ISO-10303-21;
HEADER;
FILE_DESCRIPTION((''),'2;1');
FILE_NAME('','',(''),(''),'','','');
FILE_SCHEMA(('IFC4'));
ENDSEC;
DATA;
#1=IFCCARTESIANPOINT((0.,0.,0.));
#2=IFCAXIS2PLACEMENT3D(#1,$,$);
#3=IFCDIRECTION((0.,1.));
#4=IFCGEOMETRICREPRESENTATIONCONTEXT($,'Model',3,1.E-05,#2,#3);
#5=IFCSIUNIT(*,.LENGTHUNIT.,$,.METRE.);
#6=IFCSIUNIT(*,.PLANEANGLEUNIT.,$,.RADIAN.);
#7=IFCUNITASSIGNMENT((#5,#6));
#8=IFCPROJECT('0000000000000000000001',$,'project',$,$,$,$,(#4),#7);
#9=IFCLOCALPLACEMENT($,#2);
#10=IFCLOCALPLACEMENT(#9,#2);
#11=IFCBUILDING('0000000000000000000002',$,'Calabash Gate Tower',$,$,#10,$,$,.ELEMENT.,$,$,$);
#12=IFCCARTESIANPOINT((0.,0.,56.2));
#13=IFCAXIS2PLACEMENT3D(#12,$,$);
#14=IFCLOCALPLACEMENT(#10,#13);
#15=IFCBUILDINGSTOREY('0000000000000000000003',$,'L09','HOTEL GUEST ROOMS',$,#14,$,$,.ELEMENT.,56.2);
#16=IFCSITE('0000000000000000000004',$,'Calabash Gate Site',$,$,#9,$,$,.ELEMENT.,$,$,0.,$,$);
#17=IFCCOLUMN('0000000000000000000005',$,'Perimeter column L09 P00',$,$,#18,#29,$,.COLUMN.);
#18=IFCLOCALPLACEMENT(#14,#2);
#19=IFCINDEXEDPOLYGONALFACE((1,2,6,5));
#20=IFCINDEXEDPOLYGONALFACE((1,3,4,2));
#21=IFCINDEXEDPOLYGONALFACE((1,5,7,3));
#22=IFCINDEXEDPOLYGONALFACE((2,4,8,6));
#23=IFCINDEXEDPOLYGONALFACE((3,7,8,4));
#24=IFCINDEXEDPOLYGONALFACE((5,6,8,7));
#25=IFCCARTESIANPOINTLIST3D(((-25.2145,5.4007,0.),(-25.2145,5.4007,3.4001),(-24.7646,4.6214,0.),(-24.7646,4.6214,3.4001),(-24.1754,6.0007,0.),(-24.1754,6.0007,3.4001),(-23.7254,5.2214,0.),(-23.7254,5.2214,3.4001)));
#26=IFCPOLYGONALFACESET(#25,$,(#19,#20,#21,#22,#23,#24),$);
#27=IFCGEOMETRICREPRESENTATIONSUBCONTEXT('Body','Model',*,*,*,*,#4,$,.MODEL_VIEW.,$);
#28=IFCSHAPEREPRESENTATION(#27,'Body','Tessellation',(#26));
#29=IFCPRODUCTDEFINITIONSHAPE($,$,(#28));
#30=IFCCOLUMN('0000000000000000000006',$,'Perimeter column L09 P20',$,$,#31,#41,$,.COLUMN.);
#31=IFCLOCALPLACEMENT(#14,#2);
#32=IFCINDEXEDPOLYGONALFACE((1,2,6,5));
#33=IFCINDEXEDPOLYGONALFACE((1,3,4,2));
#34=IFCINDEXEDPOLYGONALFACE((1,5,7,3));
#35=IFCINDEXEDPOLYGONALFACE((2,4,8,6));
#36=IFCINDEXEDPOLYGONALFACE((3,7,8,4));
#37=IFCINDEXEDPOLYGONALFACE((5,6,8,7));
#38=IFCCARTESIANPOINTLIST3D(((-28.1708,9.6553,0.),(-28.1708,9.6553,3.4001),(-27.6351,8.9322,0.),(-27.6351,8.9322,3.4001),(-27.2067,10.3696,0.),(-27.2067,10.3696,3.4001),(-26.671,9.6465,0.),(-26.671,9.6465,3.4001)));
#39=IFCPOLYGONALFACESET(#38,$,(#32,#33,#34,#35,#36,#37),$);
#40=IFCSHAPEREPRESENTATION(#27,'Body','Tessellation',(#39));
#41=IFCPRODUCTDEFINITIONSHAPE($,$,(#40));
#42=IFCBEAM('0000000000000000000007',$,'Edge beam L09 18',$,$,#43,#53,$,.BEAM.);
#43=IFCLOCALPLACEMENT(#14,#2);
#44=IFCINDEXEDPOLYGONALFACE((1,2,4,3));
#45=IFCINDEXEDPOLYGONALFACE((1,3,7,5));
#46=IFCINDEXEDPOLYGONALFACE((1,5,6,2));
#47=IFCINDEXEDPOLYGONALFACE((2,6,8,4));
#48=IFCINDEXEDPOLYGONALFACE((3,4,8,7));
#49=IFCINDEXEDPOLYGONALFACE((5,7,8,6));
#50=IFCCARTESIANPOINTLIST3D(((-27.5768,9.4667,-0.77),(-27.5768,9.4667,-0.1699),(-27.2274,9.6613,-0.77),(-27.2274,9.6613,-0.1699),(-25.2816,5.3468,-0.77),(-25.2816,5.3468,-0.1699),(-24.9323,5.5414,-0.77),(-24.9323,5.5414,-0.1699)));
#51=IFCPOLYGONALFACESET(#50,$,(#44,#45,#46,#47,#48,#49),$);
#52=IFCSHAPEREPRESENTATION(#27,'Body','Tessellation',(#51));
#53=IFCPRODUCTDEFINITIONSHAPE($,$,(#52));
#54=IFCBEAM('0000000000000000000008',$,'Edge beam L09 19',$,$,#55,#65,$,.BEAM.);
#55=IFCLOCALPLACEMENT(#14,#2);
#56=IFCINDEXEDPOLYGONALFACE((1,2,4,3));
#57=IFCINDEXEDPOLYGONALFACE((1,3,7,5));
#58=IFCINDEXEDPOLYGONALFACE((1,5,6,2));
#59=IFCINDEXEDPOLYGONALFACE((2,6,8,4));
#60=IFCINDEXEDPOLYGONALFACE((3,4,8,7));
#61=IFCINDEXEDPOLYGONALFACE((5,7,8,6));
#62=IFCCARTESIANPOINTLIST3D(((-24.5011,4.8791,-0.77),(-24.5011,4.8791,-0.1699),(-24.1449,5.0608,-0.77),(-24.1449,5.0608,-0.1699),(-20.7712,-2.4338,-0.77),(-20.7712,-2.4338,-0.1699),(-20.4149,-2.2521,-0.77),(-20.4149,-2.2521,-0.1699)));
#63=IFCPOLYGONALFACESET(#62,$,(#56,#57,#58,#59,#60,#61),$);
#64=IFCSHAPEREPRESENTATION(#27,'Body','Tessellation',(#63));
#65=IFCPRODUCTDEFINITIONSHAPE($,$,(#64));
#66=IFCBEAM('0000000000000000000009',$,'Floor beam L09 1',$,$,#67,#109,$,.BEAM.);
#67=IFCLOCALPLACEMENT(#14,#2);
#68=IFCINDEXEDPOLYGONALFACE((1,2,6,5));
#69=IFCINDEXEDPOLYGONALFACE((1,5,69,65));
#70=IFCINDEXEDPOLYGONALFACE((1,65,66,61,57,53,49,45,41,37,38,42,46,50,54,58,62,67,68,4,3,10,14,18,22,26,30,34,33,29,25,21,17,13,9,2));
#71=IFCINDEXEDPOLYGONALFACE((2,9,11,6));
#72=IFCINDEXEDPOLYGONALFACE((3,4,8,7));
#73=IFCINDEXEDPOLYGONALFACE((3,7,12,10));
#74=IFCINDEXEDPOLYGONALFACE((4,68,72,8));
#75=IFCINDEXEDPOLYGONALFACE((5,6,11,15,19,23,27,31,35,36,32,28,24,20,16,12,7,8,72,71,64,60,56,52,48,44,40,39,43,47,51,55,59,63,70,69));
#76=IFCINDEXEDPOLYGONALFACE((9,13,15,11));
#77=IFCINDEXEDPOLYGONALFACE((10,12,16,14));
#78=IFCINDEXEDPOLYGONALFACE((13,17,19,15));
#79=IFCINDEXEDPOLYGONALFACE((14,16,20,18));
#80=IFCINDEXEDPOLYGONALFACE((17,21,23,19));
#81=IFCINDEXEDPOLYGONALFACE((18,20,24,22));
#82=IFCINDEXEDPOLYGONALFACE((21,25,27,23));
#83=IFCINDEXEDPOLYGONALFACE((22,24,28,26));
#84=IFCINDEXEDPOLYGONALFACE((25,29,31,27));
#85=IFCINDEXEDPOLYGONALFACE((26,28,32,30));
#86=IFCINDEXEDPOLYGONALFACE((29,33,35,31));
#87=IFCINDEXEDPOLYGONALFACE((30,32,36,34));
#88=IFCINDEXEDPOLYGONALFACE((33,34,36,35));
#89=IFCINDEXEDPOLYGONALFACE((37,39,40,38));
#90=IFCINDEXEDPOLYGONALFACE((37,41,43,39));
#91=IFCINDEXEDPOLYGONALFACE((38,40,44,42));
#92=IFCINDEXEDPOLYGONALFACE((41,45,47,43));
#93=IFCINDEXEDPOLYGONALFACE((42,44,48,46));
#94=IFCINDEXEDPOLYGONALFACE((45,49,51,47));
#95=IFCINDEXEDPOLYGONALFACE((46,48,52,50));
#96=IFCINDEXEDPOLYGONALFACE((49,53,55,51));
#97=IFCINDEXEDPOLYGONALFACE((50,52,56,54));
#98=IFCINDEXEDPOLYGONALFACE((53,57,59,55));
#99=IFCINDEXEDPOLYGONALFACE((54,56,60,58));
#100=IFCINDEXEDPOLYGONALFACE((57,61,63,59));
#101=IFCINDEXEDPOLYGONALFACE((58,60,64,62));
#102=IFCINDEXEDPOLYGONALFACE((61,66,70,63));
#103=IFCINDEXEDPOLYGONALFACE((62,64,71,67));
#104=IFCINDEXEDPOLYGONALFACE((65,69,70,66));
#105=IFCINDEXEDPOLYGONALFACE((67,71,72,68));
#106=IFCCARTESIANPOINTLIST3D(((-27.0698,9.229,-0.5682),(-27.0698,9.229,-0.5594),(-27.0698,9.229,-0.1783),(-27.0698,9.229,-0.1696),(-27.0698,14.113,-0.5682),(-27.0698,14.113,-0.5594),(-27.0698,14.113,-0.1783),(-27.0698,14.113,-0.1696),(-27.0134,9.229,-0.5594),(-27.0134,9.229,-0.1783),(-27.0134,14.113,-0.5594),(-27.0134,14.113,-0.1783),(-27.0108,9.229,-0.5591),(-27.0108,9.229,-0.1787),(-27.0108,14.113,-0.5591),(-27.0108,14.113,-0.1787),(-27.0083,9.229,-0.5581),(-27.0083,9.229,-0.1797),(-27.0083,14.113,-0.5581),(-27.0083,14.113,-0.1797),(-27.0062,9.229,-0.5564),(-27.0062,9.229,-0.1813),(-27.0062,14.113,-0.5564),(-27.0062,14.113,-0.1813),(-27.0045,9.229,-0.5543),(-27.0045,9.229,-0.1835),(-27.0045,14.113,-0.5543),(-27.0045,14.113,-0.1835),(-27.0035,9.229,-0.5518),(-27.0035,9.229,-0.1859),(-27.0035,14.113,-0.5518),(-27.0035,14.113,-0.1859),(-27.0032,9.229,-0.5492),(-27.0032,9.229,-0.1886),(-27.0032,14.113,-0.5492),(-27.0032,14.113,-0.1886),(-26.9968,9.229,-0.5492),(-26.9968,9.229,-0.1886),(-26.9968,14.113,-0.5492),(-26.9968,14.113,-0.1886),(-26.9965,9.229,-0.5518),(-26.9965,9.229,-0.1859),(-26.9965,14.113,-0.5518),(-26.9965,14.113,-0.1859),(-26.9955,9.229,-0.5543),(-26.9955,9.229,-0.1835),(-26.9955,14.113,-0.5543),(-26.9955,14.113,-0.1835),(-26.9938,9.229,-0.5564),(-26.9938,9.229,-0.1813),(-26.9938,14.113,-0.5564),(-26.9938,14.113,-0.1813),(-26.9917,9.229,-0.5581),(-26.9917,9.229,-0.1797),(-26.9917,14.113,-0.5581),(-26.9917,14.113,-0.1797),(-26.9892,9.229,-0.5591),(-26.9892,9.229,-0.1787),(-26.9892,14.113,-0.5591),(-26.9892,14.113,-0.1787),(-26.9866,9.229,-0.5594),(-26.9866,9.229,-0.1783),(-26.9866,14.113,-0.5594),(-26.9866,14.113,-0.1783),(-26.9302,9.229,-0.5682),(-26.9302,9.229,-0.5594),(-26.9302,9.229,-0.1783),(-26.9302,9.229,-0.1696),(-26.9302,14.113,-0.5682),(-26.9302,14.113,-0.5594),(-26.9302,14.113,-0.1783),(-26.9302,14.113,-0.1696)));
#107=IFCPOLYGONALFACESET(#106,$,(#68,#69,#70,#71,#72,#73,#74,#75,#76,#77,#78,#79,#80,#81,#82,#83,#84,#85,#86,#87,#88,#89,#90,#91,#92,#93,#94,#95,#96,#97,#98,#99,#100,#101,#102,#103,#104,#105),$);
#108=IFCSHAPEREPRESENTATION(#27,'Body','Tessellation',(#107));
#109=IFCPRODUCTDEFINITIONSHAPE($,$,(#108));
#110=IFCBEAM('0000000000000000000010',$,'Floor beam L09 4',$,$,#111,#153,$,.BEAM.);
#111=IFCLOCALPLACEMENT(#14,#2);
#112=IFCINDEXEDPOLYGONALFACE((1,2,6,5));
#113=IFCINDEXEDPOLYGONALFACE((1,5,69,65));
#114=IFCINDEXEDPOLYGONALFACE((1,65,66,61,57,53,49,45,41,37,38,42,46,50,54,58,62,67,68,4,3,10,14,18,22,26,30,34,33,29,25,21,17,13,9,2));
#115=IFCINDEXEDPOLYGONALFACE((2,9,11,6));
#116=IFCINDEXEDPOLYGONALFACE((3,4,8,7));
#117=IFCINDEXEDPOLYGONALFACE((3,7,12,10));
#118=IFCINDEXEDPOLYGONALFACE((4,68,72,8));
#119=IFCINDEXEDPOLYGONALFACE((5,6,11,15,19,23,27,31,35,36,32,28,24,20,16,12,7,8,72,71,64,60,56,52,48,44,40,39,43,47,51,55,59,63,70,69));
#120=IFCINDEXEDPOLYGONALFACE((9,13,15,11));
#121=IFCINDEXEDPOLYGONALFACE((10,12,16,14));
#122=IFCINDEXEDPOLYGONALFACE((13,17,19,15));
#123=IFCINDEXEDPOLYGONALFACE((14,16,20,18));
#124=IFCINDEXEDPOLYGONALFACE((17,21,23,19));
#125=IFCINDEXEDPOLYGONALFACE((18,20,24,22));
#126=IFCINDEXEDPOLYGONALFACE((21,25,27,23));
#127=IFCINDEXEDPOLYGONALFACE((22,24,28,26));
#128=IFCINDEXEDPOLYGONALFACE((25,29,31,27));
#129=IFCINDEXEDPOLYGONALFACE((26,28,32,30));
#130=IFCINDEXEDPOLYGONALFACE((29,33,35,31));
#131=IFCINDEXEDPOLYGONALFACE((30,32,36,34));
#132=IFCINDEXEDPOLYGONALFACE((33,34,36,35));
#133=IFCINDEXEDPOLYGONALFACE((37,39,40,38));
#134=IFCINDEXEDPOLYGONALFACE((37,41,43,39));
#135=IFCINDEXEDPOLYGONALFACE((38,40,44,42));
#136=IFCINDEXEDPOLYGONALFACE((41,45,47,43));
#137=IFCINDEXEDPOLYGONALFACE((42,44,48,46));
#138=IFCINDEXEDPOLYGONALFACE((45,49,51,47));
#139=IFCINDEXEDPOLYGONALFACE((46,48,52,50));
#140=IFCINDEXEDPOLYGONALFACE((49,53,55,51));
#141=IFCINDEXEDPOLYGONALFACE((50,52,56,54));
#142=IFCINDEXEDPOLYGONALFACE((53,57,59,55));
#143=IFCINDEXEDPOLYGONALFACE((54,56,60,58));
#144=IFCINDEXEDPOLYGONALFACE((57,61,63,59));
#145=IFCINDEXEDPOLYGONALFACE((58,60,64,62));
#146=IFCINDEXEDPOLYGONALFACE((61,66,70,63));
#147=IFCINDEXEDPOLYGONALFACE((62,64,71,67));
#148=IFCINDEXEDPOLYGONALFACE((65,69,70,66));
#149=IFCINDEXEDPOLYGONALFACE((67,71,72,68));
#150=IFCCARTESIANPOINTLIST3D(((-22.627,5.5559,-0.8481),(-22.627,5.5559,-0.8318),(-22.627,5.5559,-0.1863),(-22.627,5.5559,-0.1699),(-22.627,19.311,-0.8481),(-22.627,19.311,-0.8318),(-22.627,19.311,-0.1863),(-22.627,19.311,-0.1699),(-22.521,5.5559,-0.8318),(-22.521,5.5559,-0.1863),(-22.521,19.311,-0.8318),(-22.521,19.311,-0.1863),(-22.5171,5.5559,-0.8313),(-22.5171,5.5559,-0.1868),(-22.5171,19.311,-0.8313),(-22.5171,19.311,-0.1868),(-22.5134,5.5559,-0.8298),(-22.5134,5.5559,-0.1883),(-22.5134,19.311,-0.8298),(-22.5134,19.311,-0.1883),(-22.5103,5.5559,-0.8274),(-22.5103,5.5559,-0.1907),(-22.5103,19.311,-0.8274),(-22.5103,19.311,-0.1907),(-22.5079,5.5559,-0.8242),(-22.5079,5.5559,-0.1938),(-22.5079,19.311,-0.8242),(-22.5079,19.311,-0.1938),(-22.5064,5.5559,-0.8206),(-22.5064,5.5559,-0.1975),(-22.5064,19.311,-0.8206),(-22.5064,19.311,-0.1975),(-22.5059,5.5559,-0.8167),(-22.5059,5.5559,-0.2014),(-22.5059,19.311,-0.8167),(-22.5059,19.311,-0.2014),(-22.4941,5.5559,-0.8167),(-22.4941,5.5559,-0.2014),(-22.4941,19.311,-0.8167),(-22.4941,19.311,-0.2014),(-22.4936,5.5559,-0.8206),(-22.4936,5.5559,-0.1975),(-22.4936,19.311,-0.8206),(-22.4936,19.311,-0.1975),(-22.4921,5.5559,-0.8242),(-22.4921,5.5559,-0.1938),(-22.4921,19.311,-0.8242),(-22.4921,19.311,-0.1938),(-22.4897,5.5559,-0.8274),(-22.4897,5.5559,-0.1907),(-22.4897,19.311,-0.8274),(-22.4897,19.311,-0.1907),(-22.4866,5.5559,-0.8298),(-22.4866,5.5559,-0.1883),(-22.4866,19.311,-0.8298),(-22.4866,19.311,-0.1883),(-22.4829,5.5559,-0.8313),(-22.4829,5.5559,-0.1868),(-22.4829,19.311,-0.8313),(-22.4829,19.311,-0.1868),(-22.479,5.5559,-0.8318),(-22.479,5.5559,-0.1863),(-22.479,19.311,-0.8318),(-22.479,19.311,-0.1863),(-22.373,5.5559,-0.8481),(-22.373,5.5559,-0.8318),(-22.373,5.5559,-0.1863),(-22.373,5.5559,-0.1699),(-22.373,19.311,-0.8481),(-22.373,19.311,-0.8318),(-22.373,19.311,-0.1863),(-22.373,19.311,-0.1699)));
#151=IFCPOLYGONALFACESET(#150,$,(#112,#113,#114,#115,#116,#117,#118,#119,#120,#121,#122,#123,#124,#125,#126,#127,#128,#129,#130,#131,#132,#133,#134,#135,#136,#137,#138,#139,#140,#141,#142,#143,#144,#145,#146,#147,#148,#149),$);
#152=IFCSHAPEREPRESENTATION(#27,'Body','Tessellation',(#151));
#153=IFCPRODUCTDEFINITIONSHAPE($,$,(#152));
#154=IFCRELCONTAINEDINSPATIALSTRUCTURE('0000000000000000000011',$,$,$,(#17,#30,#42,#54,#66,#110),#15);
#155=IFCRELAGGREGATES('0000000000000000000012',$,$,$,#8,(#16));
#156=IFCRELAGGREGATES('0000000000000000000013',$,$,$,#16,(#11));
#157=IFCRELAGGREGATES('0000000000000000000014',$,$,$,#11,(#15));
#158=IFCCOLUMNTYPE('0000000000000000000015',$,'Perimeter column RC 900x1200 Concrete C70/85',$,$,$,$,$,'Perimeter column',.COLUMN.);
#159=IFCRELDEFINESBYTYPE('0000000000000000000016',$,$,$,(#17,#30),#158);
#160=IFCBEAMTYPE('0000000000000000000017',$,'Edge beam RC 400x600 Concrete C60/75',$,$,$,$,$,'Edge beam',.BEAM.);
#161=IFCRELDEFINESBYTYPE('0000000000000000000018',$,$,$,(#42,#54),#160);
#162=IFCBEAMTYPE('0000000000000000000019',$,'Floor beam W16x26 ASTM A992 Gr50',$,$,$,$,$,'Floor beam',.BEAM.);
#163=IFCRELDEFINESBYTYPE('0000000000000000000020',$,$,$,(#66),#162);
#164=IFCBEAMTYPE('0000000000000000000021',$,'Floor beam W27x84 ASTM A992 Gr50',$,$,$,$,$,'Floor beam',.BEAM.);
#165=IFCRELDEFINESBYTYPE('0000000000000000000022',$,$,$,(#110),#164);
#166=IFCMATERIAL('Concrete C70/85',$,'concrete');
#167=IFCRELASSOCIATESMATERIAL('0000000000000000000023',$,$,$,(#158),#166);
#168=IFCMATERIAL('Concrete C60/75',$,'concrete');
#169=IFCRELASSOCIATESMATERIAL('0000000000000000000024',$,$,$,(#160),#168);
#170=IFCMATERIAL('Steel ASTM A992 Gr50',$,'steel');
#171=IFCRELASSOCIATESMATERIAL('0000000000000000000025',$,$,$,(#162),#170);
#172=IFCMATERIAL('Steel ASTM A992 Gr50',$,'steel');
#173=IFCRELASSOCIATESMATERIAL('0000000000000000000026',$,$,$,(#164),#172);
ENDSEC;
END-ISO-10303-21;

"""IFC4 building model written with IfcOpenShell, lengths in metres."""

from ifc_helpers import new_model, si_unit, direction, frame, origin, origin_2d, place, context, subcontext, project, spatial, rectangle, i_section, extrude, material, material_profile, profile_set, type_object, element, save


model = new_model("IFC4")

# Units and contexts
model_context = context("Model", 3, precision=1e-05, world=origin(), true_north=direction((0.0, 1.0)))
body_context = subcontext(model_context, "Body", "Model", "MODEL_VIEW")
ifc_project = project(units=[si_unit("LENGTHUNIT", "METRE"), si_unit("PLANEANGLEUNIT", "RADIAN")], contexts=[model_context])

# Site, building, storey
site_placement = place(None, origin())
site = spatial("IfcSite", under=ifc_project, at=site_placement, Name="Calabash Gate Site", CompositionType="ELEMENT", RefElevation=0.0)
building_placement = place(site_placement, origin())
building = spatial("IfcBuilding", under=site, at=building_placement, Name="Calabash Gate Tower", CompositionType="ELEMENT")
storey_placement = place(building_placement, frame((0.0, 0.0, 56.2)))
storey = spatial("IfcBuildingStorey", under=building, at=storey_placement, Name="L09", Description="HOTEL GUEST ROOMS", CompositionType="ELEMENT", Elevation=56.2)

# Columns
ifc_material_1 = material(Name="Concrete C70/85", Category="concrete")
ifc_material_profile_1 = material_profile(ifc_material_1, rectangle(XDim=0.8999, YDim=1.2, at=origin_2d()))
ifc_profile_set_1 = profile_set([ifc_material_profile_1], Name="Concrete C70/85")
column_type = type_object("IfcColumnType", Name="Perimeter column RC 900x1200 Concrete C70/85", ElementType="Perimeter column", PredefinedType="COLUMN", material=ifc_profile_set_1)
for number, where, z_axis, x_axis, name in (
    (1, (-24.47, 5.311, 0.0), (0.0, 0.0, 1.0), (0.5, -0.866025, 0.0), "Perimeter column L09 P00"),
    (2, (-27.4209, 9.6509, 0.0), (0.0, 0.0, 1.0), (0.595287, -0.803513, 0.0), "Perimeter column L09 P20"),
):
    element("IfcColumn", number, at=place(storey_placement, frame(where, z_axis=z_axis, x_axis=x_axis)), inside=storey, type_object=column_type, Name=name, PredefinedType="COLUMN", context=body_context, shape_type="SweptSolid", body=[
        extrude(rectangle(XDim=0.8999, YDim=1.2, at=origin_2d()), origin(), (0.0, 0.0, 1.0), 3.4001),
    ])

# Beams
ifc_material_2 = material(Name="Concrete C60/75", Category="concrete")
ifc_material_profile_2 = material_profile(ifc_material_2, rectangle(XDim=0.3999, YDim=0.6001, at=origin_2d()))
ifc_profile_set_2 = profile_set([ifc_material_profile_2], Name="Concrete C60/75")
beam_type_1 = type_object("IfcBeamType", Name="Edge beam RC 400x600 Concrete C60/75", ElementType="Edge beam", PredefinedType="BEAM", material=ifc_profile_set_2)
beam_1_placement = place(storey_placement, frame((-27.4021, 9.564, -0.47), z_axis=(0.486671, -0.873585, 0.0), x_axis=(0.873585, 0.486671, 0.0)))
element("IfcBeam", 3, at=beam_1_placement, inside=storey, type_object=beam_type_1, Name="Edge beam L09 18", PredefinedType="BEAM", context=body_context, shape_type="SweptSolid", body=[
    extrude(rectangle(XDim=0.3999, YDim=0.6001, at=origin_2d()), origin(), (0.0, 0.0, 1.0), 4.7161),
])
beam_2_placement = place(storey_placement, frame((-24.323, 4.97, -0.47), z_axis=(0.454361, -0.890818, 0.0), x_axis=(0.890818, 0.454361, 0.0)))
element("IfcBeam", 4, at=beam_2_placement, inside=storey, type_object=beam_type_1, Name="Edge beam L09 19", PredefinedType="BEAM", context=body_context, shape_type="SweptSolid", body=[
    extrude(rectangle(XDim=0.3999, YDim=0.6001, at=origin_2d()), origin(), (0.0, 0.0, 1.0), 8.2092),
])
ifc_material_3 = material(Name="Steel ASTM A992 Gr50", Category="steel")
ifc_material_profile_3 = material_profile(ifc_material_3, i_section(OverallWidth=0.1396, OverallDepth=0.3987, WebThickness=0.0063, FlangeThickness=0.0088, FilletRadius=0.0103, at=origin_2d()))
ifc_profile_set_3 = profile_set([ifc_material_profile_3], Name="Steel ASTM A992 Gr50")
beam_type_2 = type_object("IfcBeamType", Name="Floor beam W16x26 ASTM A992 Gr50", ElementType="Floor beam", PredefinedType="BEAM", material=ifc_profile_set_3)
beam_3_placement = place(storey_placement, frame((-27.0, 9.229, -0.3689), z_axis=(0.0, 1.0, 0.0), x_axis=(-1.0, 0.0, 0.0)))
element("IfcBeam", 5, at=beam_3_placement, inside=storey, type_object=beam_type_2, Name="Floor beam L09 1", PredefinedType="BEAM", context=body_context, shape_type="SweptSolid", body=[
    extrude(i_section(OverallWidth=0.1396, OverallDepth=0.3987, WebThickness=0.0063, FlangeThickness=0.0088, FilletRadius=0.0103, at=origin_2d()), origin(), (0.0, 0.0, 1.0), 4.884),
])
ifc_material_4 = material(Name="Steel ASTM A992 Gr50", Category="steel")
ifc_material_profile_4 = material_profile(ifc_material_4, i_section(OverallWidth=0.2539, OverallDepth=0.6782, WebThickness=0.0117, FlangeThickness=0.0164, FilletRadius=0.0151, at=origin_2d()))
ifc_profile_set_4 = profile_set([ifc_material_profile_4], Name="Steel ASTM A992 Gr50")
beam_type_3 = type_object("IfcBeamType", Name="Floor beam W27x84 ASTM A992 Gr50", ElementType="Floor beam", PredefinedType="BEAM", material=ifc_profile_set_4)
beam_4_placement = place(storey_placement, frame((-22.5, 5.5559, -0.509), z_axis=(0.0, 1.0, 0.0), x_axis=(-1.0, 0.0, 0.0)))
element("IfcBeam", 6, at=beam_4_placement, inside=storey, type_object=beam_type_3, Name="Floor beam L09 4", PredefinedType="BEAM", context=body_context, shape_type="SweptSolid", body=[
    extrude(i_section(OverallWidth=0.2539, OverallDepth=0.6782, WebThickness=0.0117, FlangeThickness=0.0164, FilletRadius=0.0151, at=origin_2d()), origin(), (0.0, 0.0, 1.0), 13.7551),
])

save(model, "model.ifc")
